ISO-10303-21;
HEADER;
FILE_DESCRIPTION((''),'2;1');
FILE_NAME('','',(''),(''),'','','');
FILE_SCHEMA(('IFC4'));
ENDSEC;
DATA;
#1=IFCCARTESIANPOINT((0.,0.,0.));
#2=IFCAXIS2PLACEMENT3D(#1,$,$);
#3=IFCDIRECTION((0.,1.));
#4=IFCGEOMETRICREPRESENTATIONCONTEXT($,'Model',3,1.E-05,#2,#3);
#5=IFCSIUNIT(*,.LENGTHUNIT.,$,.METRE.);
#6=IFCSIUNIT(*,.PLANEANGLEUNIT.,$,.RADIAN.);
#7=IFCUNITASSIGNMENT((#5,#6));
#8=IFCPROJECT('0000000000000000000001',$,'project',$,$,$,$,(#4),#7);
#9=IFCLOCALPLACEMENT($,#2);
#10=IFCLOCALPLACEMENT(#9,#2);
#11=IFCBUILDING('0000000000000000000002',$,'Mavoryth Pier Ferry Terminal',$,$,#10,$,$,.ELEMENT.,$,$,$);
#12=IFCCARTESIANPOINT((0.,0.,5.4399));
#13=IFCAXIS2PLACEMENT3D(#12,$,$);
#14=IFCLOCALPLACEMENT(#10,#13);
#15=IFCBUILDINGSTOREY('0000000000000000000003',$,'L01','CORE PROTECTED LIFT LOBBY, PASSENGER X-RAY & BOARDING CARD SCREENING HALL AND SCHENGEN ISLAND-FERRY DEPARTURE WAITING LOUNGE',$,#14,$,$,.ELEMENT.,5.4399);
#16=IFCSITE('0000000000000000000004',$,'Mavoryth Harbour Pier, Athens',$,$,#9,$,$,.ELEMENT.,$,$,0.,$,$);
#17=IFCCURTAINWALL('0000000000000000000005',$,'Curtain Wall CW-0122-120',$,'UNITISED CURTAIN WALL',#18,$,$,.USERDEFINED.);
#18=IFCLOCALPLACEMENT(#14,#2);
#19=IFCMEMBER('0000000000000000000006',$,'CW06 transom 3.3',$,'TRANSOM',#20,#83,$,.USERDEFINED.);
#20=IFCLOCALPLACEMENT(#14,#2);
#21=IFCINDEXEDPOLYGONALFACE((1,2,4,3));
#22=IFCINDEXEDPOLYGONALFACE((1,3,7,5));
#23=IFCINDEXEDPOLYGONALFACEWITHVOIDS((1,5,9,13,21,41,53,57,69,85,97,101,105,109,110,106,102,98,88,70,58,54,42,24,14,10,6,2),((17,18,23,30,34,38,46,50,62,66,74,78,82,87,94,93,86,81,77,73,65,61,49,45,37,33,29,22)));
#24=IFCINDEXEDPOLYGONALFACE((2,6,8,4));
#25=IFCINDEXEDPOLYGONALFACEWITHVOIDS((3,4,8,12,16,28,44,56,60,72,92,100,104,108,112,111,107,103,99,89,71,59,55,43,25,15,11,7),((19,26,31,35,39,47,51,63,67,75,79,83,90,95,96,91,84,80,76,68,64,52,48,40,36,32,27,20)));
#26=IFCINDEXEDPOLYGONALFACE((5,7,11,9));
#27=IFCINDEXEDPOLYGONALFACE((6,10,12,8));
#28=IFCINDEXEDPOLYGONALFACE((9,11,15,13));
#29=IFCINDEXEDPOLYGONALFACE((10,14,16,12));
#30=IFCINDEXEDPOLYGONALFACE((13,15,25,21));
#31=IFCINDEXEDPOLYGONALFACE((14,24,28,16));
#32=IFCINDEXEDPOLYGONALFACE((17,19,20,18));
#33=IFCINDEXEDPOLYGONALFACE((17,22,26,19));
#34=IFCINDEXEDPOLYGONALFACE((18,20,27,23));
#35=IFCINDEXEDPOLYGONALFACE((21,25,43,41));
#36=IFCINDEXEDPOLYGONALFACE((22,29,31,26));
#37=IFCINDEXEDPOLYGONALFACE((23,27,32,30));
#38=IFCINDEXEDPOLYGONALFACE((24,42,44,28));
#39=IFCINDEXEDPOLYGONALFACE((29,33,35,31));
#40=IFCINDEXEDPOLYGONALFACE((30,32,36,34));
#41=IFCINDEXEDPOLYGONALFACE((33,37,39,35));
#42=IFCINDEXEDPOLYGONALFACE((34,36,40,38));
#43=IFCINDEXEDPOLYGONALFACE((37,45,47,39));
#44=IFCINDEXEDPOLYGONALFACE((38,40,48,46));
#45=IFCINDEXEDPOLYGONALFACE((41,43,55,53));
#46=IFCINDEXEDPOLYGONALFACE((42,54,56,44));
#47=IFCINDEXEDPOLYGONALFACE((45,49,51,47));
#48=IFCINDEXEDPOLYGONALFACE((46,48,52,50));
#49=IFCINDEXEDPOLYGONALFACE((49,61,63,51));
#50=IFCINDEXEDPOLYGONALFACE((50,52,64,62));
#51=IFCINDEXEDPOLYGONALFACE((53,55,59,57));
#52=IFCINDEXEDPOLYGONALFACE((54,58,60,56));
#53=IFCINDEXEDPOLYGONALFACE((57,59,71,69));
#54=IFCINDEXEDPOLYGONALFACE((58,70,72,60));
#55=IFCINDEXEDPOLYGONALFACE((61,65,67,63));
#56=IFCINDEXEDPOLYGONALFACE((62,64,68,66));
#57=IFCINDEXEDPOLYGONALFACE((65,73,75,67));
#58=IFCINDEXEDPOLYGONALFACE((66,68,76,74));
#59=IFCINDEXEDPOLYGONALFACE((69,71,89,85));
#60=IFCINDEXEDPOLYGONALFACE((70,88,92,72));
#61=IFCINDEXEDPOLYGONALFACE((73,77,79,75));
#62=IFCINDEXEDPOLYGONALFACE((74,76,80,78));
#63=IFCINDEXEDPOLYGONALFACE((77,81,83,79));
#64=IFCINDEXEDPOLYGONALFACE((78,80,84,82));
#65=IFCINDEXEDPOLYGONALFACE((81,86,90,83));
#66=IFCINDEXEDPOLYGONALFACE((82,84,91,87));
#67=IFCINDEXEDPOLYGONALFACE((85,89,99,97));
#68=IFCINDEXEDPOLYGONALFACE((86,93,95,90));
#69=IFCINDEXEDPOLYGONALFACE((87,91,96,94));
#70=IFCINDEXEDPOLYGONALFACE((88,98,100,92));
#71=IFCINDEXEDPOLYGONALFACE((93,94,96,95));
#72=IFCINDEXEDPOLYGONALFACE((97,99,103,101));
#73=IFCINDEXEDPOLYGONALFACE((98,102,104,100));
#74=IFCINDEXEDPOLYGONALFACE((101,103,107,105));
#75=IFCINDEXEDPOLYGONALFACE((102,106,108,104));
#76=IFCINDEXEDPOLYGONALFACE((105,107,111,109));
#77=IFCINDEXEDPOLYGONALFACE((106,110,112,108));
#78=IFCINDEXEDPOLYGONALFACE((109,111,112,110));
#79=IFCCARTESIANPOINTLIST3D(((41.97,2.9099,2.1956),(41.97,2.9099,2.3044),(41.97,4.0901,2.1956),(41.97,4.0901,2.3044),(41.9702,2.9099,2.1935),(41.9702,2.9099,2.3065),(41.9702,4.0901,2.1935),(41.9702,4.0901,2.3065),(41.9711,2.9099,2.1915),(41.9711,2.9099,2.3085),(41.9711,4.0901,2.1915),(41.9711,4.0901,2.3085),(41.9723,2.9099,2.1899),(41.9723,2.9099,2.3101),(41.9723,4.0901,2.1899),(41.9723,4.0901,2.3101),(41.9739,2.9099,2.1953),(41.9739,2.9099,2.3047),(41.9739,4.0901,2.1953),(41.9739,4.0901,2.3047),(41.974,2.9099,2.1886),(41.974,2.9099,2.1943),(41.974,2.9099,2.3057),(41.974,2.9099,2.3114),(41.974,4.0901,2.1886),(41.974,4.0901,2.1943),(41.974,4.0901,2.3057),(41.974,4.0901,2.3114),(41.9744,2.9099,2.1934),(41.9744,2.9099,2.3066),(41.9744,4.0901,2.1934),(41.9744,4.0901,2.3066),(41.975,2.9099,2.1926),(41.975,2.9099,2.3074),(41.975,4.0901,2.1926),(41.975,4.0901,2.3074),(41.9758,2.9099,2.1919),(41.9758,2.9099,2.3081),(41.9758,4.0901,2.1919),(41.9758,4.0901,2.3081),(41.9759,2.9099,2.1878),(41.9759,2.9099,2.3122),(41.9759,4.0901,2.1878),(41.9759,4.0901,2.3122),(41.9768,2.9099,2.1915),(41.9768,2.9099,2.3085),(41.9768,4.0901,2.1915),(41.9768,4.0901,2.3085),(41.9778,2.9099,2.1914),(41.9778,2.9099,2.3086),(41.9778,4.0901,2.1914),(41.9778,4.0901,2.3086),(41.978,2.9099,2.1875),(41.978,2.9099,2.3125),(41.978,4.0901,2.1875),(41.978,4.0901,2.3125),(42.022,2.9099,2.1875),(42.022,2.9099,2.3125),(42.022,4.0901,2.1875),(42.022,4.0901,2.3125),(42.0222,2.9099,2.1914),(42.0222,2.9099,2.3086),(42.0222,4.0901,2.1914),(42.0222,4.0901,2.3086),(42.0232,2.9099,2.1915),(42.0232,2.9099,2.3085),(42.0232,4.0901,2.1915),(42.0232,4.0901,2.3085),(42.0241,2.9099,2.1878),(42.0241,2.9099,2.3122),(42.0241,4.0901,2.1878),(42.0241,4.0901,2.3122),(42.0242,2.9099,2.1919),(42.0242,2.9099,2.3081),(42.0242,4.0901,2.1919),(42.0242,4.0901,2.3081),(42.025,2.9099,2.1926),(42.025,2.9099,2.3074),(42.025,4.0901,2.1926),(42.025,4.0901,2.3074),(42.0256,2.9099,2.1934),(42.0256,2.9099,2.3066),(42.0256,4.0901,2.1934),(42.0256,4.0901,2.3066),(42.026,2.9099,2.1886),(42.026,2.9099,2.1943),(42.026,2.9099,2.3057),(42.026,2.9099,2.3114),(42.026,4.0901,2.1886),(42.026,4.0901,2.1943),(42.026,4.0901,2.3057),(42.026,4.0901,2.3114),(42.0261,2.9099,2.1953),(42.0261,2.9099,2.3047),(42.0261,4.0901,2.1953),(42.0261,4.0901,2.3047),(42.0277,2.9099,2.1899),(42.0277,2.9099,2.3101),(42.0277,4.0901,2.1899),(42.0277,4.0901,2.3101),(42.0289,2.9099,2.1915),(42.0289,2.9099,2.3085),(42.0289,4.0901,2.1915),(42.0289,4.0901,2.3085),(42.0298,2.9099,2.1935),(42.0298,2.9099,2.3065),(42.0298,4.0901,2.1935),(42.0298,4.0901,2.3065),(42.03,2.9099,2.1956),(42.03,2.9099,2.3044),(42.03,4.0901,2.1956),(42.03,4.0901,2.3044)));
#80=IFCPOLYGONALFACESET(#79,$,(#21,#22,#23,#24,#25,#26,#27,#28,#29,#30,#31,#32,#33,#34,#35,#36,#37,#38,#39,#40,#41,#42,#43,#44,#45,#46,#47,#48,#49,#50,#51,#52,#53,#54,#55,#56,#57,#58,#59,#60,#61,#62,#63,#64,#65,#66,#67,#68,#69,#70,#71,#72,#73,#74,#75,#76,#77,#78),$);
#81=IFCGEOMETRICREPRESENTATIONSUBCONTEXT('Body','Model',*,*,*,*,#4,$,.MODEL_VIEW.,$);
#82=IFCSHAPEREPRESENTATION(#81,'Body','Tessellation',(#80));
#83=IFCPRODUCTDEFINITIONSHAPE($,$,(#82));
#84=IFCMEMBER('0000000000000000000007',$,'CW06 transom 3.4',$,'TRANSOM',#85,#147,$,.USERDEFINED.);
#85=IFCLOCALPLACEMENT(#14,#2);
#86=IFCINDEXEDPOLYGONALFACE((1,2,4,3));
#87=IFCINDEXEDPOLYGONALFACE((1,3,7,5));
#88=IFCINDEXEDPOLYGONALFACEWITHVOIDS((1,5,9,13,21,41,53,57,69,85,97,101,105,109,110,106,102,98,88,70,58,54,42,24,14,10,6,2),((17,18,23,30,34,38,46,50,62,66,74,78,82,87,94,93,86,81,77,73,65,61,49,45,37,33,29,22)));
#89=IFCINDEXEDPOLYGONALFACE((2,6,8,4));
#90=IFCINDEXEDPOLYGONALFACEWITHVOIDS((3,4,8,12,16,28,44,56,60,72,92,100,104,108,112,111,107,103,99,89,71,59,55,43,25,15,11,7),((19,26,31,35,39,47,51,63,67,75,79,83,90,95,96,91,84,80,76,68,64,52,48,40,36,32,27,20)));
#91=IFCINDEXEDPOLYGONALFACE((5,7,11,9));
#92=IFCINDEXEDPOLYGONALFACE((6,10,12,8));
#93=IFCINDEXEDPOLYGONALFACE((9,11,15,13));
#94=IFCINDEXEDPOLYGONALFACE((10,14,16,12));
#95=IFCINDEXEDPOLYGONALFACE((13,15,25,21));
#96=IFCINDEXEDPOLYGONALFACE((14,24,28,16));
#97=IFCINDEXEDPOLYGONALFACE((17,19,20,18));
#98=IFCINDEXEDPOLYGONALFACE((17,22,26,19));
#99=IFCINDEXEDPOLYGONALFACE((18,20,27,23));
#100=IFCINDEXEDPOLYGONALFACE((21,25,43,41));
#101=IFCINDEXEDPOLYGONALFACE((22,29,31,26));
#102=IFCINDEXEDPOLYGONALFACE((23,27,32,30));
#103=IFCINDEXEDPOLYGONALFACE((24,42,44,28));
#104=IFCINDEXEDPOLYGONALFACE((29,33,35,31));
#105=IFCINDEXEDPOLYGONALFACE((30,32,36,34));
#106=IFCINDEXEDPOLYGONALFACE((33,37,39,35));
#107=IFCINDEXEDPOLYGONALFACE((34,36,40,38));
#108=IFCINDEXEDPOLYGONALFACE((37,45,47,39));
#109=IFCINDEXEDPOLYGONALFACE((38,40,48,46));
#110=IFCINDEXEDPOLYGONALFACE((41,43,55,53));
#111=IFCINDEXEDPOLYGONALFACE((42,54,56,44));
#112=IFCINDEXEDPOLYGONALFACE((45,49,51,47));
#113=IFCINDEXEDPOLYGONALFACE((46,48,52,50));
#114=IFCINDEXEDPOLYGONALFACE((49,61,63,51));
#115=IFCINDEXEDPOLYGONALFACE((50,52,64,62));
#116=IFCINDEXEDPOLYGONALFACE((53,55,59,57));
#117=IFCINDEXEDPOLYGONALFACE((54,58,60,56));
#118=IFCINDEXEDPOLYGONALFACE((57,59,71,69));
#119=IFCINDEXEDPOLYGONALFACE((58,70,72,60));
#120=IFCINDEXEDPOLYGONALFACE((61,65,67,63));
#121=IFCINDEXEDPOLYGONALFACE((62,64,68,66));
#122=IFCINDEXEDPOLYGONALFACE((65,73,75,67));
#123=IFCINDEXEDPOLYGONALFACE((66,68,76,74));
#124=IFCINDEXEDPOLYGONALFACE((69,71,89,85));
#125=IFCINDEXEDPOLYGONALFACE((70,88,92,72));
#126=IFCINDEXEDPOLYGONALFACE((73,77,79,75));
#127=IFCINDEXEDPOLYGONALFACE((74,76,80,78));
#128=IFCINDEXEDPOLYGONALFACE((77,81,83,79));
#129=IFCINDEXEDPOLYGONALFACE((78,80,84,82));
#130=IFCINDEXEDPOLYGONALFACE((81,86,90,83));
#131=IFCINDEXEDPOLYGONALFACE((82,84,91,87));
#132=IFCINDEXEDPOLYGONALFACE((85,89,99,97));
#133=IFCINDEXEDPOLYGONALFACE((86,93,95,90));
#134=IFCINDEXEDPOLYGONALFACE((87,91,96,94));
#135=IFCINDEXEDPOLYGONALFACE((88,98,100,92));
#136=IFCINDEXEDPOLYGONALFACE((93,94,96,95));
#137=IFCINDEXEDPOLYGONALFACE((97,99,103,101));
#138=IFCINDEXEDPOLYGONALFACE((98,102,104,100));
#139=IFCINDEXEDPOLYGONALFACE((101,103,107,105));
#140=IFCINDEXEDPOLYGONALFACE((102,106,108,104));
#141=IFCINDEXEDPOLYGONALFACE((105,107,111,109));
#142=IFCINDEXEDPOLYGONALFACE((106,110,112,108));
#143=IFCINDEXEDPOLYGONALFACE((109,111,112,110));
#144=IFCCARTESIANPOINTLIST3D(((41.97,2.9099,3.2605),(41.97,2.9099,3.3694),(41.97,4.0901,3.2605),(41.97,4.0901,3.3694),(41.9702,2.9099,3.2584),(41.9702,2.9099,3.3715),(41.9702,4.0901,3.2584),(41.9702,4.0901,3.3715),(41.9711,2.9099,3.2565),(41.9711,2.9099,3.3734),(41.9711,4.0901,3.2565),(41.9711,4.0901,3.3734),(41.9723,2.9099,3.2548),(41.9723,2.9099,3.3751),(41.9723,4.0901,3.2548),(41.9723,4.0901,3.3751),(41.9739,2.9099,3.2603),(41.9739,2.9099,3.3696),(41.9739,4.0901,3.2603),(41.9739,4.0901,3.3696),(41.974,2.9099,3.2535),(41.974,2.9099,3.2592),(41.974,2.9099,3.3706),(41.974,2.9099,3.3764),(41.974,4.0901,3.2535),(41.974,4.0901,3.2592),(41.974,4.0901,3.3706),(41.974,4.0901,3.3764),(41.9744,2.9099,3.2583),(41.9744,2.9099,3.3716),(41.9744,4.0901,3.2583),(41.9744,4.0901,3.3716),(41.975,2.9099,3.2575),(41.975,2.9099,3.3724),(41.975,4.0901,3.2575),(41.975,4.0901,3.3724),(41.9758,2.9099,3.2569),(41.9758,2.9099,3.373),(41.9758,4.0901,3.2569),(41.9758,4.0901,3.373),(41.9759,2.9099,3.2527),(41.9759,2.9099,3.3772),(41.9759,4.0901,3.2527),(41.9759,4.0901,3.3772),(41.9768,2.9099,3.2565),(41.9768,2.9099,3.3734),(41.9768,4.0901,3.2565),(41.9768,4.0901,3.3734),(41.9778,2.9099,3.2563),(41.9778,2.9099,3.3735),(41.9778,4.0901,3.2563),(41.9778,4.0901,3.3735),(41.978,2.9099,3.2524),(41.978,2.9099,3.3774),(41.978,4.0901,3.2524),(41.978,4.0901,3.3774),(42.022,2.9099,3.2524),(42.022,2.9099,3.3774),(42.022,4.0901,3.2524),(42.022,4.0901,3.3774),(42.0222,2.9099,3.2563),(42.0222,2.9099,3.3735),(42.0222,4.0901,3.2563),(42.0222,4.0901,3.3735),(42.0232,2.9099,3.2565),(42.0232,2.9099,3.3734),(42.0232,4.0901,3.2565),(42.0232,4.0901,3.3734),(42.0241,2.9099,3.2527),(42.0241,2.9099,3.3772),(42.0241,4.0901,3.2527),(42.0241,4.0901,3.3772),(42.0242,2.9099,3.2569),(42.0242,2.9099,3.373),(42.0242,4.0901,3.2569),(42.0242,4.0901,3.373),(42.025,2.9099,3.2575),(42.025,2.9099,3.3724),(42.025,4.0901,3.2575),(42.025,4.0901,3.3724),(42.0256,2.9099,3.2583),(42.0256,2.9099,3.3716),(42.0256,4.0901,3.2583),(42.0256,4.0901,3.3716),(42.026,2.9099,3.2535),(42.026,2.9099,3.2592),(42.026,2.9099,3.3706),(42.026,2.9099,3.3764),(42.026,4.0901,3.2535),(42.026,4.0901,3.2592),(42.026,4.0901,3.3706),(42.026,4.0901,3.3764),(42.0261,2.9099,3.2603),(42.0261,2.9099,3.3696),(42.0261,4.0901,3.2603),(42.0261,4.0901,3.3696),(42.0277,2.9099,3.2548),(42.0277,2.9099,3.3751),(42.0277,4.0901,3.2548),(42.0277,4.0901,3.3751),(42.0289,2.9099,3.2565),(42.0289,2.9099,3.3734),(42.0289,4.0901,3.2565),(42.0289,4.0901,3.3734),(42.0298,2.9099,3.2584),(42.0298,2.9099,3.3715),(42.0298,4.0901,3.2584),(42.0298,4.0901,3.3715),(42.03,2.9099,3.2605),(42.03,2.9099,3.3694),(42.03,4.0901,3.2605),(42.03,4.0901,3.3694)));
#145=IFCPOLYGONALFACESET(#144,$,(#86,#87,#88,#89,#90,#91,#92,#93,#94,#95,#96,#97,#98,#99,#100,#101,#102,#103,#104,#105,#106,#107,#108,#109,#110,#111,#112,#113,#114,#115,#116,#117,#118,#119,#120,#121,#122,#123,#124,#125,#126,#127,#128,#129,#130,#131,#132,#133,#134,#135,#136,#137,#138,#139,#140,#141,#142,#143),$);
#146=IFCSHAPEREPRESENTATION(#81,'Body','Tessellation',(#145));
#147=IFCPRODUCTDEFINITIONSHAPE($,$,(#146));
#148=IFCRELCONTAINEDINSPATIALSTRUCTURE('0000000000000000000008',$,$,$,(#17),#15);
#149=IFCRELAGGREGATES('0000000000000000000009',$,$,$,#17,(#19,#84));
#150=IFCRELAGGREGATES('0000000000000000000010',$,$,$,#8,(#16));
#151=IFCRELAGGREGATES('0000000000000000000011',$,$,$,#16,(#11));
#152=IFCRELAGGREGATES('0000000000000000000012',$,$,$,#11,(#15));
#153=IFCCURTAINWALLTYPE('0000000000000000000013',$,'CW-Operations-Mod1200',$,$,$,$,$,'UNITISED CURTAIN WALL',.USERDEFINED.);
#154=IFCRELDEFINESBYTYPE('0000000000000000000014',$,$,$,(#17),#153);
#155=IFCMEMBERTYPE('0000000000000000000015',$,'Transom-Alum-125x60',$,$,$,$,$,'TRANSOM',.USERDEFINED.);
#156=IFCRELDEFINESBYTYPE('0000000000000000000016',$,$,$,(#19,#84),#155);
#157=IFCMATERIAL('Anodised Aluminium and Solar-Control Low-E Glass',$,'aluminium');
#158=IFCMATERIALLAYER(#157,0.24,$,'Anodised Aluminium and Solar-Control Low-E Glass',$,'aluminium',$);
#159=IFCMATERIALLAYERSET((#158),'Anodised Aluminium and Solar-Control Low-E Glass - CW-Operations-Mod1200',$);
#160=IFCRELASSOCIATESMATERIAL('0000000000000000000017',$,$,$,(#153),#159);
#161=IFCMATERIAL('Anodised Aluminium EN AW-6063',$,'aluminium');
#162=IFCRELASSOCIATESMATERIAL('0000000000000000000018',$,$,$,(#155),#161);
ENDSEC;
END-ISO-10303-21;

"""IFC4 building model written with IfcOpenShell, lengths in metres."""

from ifc_helpers import new_model, si_unit, direction, frame, origin, origin_2d, place, context, subcontext, project, spatial, hollow_rectangle, extrude, material, layer, layer_set, material_profile, profile_set, type_object, element, aggregate, save


model = new_model("IFC4")

# Units and contexts
model_context = context("Model", 3, precision=1e-05, world=origin(), true_north=direction((0.0, 1.0)))
body_context = subcontext(model_context, "Body", "Model", "MODEL_VIEW")
ifc_project = project(units=[si_unit("LENGTHUNIT", "METRE"), si_unit("PLANEANGLEUNIT", "RADIAN")], contexts=[model_context])

# Site, building, storey
site_placement = place(None, origin())
site = spatial("IfcSite", under=ifc_project, at=site_placement, Name="Mavoryth Harbour Pier, Athens", CompositionType="ELEMENT", RefElevation=0.0)
building_placement = place(site_placement, origin())
building = spatial("IfcBuilding", under=site, at=building_placement, Name="Mavoryth Pier Ferry Terminal", CompositionType="ELEMENT")
storey_placement = place(building_placement, frame((0.0, 0.0, 5.4399)))
storey = spatial("IfcBuildingStorey", under=building, at=storey_placement, Name="L01", Description="CORE PROTECTED LIFT LOBBY, PASSENGER X-RAY & BOARDING CARD SCREENING HALL AND SCHENGEN ISLAND-FERRY DEPARTURE WAITING LOUNGE", CompositionType="ELEMENT", Elevation=5.4399)

# Curtain wall
ifc_material_1 = material(Name="Anodised Aluminium and Solar-Control Low-E Glass", Category="aluminium")
ifc_layer_1 = layer(ifc_material_1, 0.24, Name="Anodised Aluminium and Solar-Control Low-E Glass", Category="aluminium")
ifc_layer_set_1 = layer_set([ifc_layer_1], Name="Anodised Aluminium and Solar-Control Low-E Glass - CW-Operations-Mod1200")
curtain_wall_type = type_object("IfcCurtainWallType", Name="CW-Operations-Mod1200", ElementType="UNITISED CURTAIN WALL", PredefinedType="USERDEFINED", material=ifc_layer_set_1)
curtain_wall_placement = place(storey_placement, origin())
curtain_wall = element("IfcCurtainWall", 1, at=curtain_wall_placement, inside=storey, type_object=curtain_wall_type, Name="Curtain Wall CW-0122-120", ObjectType="UNITISED CURTAIN WALL", PredefinedType="USERDEFINED")
ifc_material_2 = material(Name="Anodised Aluminium EN AW-6063", Category="aluminium")

# Members
ifc_material_profile_1 = material_profile(ifc_material_2, hollow_rectangle(XDim=0.0601, YDim=0.125, WallThickness=0.0039, InnerFilletRadius=0.0039, OuterFilletRadius=0.0081, at=origin_2d()), Name="AL-TRAN 125x60x4", Category="aluminium")
ifc_profile_set_1 = profile_set([ifc_material_profile_1], Name="Anodised Aluminium EN AW-6063 - AL-TRAN 125x60x4")
member_type_1 = type_object("IfcMemberType", Name="Transom-Alum-125x60", ElementType="TRANSOM", PredefinedType="USERDEFINED", material=ifc_profile_set_1)
member_1_placement = place(storey_placement, frame((42.0, 4.0901, 2.25), z_axis=(0.0, -1.0, 0.0), x_axis=(1.0, 0.0, 0.0)))
member_1 = element("IfcMember", 2, at=member_1_placement, type_object=member_type_1, Name="CW06 transom 3.3", ObjectType="TRANSOM", PredefinedType="USERDEFINED", context=body_context, shape_type="SweptSolid", body=[
    extrude(hollow_rectangle(XDim=0.0601, YDim=0.125, WallThickness=0.0039, InnerFilletRadius=0.0039, OuterFilletRadius=0.0081, at=origin_2d()), origin(), (0.0, 0.0, 1.0), 1.1802),
])
member_2_placement = place(storey_placement, frame((42.0, 4.0901, 3.3149), z_axis=(0.0, -1.0, 0.0), x_axis=(1.0, 0.0, 0.0)))
member_2 = element("IfcMember", 3, at=member_2_placement, type_object=member_type_1, Name="CW06 transom 3.4", ObjectType="TRANSOM", PredefinedType="USERDEFINED", context=body_context, shape_type="SweptSolid", body=[
    extrude(hollow_rectangle(XDim=0.0601, YDim=0.125, WallThickness=0.0039, InnerFilletRadius=0.0039, OuterFilletRadius=0.0081, at=origin_2d()), origin(), (0.0, 0.0, 1.0), 1.1802),
])

aggregate(curtain_wall, [member_1, member_2])

save(model, "model.ifc")
